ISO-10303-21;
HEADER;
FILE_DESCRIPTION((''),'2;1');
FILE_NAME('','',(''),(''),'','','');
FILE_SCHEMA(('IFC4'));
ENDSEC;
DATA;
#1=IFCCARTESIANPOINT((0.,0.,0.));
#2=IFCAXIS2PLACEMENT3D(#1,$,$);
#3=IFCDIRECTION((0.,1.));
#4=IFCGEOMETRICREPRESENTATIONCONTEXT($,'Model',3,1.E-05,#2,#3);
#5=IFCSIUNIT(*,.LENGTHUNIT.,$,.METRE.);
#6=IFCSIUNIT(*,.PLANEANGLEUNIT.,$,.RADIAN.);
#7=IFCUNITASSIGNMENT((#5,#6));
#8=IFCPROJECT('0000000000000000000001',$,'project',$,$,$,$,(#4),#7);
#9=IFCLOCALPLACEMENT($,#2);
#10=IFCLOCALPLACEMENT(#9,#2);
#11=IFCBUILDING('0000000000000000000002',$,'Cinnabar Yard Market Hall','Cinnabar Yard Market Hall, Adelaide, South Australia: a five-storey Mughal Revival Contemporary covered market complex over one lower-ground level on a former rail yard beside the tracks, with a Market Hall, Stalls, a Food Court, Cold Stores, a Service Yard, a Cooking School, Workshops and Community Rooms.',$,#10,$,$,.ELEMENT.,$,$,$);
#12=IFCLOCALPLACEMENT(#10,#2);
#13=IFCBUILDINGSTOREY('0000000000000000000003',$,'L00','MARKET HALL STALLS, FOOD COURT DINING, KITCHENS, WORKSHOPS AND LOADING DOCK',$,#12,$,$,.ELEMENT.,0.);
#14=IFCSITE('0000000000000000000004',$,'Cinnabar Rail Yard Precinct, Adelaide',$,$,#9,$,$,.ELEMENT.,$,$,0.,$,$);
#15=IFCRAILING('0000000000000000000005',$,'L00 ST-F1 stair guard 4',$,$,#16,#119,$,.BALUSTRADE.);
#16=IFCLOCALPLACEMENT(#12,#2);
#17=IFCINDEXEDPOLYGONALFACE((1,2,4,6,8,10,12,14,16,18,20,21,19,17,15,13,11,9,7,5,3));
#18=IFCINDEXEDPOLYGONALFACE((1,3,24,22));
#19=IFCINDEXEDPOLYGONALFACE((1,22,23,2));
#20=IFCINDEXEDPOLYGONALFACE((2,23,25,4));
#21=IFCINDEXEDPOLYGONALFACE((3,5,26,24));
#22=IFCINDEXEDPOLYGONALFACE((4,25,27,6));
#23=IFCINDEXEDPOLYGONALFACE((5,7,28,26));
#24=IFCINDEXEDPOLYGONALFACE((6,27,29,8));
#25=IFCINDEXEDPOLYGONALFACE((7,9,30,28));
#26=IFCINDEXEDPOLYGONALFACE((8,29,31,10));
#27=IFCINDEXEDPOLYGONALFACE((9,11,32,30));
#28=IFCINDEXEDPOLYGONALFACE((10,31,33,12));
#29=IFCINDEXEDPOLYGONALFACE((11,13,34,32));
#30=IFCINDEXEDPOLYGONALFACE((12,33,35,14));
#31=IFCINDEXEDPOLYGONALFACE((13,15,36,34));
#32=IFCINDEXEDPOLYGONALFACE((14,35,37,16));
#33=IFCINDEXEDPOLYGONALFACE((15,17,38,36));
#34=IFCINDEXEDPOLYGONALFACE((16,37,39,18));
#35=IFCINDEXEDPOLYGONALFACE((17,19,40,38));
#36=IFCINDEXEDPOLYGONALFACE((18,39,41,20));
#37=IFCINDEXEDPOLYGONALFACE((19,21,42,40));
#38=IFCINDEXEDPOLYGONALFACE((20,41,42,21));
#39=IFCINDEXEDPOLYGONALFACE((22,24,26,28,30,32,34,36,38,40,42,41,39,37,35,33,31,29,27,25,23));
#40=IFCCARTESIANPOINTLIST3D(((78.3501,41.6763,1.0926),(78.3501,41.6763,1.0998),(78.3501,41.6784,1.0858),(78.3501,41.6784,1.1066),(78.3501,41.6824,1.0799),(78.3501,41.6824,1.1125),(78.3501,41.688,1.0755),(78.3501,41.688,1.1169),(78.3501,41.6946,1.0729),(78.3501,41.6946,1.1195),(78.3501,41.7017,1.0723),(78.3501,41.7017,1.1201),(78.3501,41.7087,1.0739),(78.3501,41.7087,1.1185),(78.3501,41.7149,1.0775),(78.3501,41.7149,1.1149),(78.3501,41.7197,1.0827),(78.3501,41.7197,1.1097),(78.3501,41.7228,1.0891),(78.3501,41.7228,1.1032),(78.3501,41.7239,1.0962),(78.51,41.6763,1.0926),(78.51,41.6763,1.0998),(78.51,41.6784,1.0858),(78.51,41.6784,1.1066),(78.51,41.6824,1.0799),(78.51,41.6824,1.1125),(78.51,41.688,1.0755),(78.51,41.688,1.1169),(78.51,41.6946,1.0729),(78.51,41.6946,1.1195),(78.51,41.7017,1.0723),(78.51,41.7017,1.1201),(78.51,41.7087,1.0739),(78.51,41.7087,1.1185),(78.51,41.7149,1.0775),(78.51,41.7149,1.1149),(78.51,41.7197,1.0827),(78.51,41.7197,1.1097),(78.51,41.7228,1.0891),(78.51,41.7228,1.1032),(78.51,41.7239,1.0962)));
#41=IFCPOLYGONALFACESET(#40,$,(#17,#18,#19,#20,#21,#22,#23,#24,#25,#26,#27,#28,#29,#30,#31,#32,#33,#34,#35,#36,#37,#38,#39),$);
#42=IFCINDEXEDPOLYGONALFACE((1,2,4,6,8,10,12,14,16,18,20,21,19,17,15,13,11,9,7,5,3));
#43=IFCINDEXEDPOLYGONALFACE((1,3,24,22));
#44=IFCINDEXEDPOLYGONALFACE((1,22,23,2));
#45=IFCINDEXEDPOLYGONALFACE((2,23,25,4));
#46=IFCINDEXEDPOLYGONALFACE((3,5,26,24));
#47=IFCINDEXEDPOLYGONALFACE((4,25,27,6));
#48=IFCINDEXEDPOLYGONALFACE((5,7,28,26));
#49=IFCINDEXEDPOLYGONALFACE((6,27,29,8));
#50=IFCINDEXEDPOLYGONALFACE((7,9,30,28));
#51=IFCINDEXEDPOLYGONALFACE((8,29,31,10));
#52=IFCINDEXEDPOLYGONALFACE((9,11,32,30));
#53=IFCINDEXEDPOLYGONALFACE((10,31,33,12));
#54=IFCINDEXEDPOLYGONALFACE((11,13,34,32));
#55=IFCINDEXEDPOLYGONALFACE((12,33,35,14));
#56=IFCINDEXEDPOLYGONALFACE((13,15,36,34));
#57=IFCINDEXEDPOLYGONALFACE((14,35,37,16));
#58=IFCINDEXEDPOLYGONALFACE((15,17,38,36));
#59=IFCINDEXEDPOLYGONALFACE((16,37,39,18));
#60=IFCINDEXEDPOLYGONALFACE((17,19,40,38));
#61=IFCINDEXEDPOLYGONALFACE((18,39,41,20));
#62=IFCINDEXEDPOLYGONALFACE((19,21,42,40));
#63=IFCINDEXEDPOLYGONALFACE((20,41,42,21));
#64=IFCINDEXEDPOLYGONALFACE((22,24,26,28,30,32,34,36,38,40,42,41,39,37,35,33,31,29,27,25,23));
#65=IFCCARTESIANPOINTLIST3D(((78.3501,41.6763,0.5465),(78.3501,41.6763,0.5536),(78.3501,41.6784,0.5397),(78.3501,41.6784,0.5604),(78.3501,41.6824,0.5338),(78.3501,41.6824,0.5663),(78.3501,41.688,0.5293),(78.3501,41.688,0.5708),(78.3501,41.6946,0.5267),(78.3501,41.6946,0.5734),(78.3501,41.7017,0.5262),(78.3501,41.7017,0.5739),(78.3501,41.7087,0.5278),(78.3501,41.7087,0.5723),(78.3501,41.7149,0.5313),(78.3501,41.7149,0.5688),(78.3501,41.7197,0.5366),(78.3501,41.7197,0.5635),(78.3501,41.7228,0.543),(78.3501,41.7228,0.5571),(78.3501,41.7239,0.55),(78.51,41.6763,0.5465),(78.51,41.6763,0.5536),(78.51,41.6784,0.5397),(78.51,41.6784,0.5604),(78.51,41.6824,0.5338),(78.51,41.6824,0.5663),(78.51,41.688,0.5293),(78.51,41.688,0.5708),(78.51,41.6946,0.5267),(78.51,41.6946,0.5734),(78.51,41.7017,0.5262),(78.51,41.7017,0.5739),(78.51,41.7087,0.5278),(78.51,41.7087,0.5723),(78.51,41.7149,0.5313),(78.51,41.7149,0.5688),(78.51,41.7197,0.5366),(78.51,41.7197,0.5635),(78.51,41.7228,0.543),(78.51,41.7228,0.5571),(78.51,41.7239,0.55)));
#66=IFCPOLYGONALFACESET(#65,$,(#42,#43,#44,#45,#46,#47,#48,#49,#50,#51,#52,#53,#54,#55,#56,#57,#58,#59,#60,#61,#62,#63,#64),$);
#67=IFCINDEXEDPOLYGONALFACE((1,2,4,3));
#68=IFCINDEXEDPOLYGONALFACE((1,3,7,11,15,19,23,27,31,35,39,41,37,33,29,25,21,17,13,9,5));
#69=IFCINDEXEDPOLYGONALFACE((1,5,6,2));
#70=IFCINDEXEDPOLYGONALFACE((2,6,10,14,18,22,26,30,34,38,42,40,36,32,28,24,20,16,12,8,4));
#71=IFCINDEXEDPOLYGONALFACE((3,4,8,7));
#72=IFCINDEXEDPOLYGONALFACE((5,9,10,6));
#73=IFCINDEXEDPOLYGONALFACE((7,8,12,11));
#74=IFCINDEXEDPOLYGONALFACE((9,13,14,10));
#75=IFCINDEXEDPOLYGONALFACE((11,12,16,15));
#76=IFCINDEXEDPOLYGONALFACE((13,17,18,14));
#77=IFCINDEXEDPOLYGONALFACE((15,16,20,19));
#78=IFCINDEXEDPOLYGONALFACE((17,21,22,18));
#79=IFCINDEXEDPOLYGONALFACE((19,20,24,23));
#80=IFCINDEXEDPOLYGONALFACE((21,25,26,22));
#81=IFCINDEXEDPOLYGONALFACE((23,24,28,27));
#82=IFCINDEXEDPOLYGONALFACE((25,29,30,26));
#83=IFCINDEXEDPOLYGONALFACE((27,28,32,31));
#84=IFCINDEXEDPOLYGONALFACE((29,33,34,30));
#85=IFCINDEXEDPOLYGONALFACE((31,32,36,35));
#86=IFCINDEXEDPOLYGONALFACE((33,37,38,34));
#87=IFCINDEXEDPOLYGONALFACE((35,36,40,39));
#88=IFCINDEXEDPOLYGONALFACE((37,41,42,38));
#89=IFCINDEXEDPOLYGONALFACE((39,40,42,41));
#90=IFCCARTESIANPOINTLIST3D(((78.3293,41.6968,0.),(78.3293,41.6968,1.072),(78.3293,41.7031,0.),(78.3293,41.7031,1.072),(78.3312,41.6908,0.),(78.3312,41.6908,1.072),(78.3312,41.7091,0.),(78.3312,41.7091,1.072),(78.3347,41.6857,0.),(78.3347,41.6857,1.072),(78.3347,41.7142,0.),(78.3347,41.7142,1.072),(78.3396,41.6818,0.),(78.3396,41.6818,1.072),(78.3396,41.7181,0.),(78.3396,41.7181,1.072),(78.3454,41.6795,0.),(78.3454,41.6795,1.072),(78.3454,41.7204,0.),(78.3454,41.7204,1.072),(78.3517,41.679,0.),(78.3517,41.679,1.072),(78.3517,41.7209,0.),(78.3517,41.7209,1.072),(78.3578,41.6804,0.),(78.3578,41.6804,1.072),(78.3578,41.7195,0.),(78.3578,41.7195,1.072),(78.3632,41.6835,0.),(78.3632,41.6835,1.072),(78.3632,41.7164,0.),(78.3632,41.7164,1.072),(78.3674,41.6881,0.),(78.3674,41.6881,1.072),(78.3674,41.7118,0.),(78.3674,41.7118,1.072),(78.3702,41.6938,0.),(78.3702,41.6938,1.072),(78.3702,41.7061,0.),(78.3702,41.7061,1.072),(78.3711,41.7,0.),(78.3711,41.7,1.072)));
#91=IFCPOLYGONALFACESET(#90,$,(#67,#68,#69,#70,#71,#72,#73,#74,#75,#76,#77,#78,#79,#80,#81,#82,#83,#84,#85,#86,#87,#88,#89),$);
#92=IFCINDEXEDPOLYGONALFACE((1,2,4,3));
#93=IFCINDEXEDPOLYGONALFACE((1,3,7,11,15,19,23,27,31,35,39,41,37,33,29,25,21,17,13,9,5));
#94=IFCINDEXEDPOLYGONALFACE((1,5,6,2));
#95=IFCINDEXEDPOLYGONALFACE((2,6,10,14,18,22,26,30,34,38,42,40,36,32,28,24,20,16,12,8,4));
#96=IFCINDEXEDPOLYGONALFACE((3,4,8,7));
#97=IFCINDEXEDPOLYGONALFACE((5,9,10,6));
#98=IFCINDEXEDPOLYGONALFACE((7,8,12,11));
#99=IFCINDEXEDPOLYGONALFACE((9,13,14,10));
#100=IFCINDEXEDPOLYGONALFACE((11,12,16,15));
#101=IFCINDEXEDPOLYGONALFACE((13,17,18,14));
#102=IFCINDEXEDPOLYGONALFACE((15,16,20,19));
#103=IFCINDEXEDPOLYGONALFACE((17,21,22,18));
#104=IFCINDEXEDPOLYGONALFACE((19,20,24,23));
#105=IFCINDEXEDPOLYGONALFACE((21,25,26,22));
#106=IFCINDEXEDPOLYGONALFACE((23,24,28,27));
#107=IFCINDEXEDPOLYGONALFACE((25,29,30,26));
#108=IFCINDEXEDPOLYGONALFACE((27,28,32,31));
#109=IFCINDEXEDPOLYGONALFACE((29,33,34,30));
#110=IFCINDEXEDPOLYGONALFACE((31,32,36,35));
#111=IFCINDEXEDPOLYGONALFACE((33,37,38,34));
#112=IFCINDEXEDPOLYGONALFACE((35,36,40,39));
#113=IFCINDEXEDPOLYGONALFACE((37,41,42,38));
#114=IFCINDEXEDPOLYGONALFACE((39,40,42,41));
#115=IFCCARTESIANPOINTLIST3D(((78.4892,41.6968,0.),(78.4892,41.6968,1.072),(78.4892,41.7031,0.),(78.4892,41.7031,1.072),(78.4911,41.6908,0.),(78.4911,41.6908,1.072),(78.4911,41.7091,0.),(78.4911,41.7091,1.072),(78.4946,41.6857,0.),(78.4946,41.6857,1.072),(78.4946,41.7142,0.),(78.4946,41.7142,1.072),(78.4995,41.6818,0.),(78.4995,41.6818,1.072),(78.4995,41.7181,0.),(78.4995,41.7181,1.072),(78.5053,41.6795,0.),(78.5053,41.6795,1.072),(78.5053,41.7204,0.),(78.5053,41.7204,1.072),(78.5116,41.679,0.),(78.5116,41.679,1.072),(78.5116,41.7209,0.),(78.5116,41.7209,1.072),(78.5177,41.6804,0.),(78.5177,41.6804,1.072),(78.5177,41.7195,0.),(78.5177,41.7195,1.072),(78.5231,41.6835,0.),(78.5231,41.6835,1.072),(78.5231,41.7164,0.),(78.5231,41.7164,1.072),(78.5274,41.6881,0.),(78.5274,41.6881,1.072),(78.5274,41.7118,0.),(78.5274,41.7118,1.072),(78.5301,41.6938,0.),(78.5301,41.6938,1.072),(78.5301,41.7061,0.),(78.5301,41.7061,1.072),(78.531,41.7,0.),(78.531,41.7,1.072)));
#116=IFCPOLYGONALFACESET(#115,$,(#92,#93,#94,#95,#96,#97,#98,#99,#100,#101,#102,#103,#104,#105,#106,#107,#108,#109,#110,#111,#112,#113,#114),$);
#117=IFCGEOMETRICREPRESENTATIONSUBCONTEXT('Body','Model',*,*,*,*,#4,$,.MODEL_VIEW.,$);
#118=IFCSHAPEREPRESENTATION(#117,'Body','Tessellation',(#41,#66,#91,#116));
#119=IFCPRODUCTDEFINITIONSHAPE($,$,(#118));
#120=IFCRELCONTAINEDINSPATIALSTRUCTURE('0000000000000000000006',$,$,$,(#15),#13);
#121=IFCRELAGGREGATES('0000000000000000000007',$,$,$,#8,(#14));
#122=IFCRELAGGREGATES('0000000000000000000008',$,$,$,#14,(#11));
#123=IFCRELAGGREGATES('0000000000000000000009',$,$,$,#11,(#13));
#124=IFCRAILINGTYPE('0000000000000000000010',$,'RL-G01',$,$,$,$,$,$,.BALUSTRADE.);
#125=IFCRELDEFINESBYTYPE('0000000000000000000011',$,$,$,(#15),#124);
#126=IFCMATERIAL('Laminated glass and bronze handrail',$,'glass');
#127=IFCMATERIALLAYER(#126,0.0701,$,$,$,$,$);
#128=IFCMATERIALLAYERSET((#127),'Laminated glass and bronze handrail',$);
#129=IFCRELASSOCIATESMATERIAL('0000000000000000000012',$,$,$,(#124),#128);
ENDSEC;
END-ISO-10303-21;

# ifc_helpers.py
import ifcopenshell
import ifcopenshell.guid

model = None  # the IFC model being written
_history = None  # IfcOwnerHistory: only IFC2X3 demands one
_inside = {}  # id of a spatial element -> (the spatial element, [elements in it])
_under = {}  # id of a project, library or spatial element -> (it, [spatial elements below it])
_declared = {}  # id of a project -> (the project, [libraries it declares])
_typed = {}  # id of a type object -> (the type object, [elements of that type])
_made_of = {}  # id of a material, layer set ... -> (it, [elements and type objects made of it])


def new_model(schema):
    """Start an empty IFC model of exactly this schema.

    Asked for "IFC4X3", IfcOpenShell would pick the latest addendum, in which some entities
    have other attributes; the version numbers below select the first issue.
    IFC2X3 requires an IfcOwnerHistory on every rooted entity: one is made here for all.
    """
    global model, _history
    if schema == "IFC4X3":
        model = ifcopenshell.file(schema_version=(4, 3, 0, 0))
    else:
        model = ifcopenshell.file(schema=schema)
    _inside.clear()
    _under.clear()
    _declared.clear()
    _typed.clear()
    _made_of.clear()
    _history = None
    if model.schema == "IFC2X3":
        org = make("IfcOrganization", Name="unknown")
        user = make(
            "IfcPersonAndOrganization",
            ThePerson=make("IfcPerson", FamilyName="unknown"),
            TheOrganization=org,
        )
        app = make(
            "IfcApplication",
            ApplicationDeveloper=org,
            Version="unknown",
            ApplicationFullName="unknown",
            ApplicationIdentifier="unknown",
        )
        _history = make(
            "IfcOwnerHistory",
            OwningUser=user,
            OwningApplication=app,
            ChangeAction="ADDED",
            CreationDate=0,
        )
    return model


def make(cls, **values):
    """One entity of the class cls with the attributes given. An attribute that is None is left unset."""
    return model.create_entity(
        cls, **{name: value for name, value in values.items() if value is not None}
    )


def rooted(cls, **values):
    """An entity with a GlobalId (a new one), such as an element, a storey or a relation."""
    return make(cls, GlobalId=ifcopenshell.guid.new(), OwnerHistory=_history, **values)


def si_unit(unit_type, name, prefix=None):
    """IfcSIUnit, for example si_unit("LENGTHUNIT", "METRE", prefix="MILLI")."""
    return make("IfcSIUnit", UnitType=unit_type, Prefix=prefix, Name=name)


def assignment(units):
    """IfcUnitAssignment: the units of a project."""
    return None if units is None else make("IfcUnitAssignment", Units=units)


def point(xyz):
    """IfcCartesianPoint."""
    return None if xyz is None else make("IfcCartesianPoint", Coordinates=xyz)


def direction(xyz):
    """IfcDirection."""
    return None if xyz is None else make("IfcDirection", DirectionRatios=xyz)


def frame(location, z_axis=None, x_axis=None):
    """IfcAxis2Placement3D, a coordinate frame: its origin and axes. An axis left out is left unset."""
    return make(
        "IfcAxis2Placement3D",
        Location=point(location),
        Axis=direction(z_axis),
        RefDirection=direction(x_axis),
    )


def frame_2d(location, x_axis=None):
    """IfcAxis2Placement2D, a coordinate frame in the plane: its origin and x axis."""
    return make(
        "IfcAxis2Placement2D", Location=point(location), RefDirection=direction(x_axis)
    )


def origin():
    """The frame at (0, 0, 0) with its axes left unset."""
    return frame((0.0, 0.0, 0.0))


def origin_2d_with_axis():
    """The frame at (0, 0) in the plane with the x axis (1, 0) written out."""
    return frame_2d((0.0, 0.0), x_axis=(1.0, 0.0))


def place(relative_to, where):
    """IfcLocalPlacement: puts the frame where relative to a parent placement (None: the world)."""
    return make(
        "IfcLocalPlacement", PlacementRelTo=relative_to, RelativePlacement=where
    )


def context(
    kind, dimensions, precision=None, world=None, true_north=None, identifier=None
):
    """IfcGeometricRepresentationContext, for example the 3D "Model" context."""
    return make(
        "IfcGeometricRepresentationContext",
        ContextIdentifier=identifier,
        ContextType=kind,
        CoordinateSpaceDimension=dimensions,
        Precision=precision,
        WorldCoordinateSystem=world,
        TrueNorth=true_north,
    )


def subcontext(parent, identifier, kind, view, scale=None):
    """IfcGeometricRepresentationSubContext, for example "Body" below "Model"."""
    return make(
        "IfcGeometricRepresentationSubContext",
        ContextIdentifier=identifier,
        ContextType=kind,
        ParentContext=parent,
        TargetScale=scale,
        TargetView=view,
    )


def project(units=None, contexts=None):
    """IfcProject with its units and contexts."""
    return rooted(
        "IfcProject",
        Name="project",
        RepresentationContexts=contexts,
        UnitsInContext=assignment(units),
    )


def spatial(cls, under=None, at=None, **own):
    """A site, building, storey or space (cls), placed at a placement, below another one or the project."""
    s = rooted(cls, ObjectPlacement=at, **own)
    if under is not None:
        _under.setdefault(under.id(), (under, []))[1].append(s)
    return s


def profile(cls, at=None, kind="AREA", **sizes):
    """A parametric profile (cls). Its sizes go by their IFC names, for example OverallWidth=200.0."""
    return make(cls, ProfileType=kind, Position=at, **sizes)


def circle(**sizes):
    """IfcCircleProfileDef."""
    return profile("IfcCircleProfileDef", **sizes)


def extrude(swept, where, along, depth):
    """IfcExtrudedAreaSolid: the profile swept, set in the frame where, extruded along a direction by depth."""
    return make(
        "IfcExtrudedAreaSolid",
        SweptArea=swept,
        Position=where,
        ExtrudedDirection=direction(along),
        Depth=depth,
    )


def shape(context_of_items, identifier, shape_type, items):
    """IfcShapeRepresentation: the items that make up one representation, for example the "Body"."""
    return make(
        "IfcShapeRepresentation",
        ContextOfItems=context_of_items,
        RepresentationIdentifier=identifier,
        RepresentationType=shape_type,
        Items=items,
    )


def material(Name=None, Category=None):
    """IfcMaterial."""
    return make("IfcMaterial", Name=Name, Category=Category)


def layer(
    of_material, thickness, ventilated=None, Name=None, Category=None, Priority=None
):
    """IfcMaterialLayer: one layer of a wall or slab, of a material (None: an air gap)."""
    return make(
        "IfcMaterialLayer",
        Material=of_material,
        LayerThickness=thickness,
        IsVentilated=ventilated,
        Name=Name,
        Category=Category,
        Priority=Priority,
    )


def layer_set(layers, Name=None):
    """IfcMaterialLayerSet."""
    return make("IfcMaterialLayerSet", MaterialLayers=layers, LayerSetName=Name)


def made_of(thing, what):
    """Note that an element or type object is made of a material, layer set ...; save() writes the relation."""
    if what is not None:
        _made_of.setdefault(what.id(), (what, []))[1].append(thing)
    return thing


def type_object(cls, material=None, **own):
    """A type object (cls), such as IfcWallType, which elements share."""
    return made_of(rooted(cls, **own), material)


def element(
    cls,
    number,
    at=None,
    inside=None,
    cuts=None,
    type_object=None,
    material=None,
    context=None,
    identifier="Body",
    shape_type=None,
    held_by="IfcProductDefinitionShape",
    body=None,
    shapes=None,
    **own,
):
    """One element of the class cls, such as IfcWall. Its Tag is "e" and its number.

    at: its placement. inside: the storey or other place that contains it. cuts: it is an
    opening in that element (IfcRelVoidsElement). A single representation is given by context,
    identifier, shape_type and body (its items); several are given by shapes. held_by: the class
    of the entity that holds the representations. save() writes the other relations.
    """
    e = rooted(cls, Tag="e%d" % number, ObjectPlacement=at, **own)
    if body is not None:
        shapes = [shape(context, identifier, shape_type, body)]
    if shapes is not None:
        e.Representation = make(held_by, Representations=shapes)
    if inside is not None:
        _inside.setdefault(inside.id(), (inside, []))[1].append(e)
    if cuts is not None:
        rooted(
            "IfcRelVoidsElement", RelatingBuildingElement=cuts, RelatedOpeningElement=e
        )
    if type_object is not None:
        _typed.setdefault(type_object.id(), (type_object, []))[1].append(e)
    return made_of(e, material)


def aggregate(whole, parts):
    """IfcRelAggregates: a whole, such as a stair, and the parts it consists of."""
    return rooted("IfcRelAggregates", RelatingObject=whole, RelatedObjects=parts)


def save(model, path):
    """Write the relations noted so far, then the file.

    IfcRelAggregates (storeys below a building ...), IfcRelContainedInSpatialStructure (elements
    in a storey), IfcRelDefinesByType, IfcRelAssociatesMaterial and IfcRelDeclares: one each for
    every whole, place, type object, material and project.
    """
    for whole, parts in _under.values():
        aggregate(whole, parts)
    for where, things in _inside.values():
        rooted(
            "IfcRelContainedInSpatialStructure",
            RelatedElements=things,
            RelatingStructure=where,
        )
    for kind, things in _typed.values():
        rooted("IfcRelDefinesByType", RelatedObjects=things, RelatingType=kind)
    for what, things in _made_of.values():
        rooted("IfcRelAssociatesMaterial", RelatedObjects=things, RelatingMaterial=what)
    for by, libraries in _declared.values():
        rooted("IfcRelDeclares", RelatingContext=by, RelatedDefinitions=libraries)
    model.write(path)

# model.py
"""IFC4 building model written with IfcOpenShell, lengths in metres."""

from ifc_helpers import new_model, si_unit, direction, frame, origin, origin_2d_with_axis, place, context, subcontext, project, spatial, circle, extrude, material, layer, layer_set, type_object, element, save


model = new_model("IFC4")

# Units and contexts
model_context = context("Model", 3, precision=1e-05, world=origin(), true_north=direction((0.0, 1.0)))
body_context = subcontext(model_context, "Body", "Model", "MODEL_VIEW")
ifc_project = project(units=[si_unit("LENGTHUNIT", "METRE"), si_unit("PLANEANGLEUNIT", "RADIAN")], contexts=[model_context])

# Site, building, storey
site_placement = place(None, origin())
site = spatial("IfcSite", under=ifc_project, at=site_placement, Name="Cinnabar Rail Yard Precinct, Adelaide", CompositionType="ELEMENT", RefElevation=0.0)
building_placement = place(site_placement, origin())
building = spatial("IfcBuilding", under=site, at=building_placement, Name="Cinnabar Yard Market Hall", Description="Cinnabar Yard Market Hall, Adelaide, South Australia: a five-storey Mughal Revival Contemporary covered market complex over one lower-ground level on a former rail yard beside the tracks, with a Market Hall, Stalls, a Food Court, Cold Stores, a Service Yard, a Cooking School, Workshops and Community Rooms.", CompositionType="ELEMENT")
storey_placement = place(building_placement, origin())
storey = spatial("IfcBuildingStorey", under=building, at=storey_placement, Name="L00", Description="MARKET HALL STALLS, FOOD COURT DINING, KITCHENS, WORKSHOPS AND LOADING DOCK", CompositionType="ELEMENT", Elevation=0.0)

# Railing
ifc_material_1 = material(Name="Laminated glass and bronze handrail", Category="glass")
ifc_layer_1 = layer(ifc_material_1, 0.0701)
ifc_layer_set_1 = layer_set([ifc_layer_1], Name="Laminated glass and bronze handrail")
railing_type_1 = type_object("IfcRailingType", Name="RL-G01", PredefinedType="BALUSTRADE", material=ifc_layer_set_1)
railing_1_placement = place(storey_placement, frame((78.3501, 41.7, 0.0)))
element("IfcRailing", 1, at=railing_1_placement, inside=storey, type_object=railing_type_1, Name="L00 ST-F1 stair guard 4", PredefinedType="BALUSTRADE", context=body_context, shape_type="SweptSolid", body=[
    extrude(circle(Radius=0.0239, at=origin_2d_with_axis()), frame((0.0, 0.0, 1.0962), z_axis=(1.0, 0.0, 0.0), x_axis=(0.0, 1.0, 0.0)), (0.0, 0.0, 1.0), 0.1599),
    extrude(circle(Radius=0.0239, at=origin_2d_with_axis()), frame((0.0, 0.0, 0.55), z_axis=(1.0, 0.0, 0.0), x_axis=(0.0, 1.0, 0.0)), (0.0, 0.0, 1.0), 0.1599),
    extrude(circle(Radius=0.021, at=origin_2d_with_axis()), origin(), (0.0, 0.0, 1.0), 1.072),
    extrude(circle(Radius=0.021, at=origin_2d_with_axis()), frame((0.1599, 0.0, 0.0)), (0.0, 0.0, 1.0), 1.072),
])

save(model, "model.ifc")
